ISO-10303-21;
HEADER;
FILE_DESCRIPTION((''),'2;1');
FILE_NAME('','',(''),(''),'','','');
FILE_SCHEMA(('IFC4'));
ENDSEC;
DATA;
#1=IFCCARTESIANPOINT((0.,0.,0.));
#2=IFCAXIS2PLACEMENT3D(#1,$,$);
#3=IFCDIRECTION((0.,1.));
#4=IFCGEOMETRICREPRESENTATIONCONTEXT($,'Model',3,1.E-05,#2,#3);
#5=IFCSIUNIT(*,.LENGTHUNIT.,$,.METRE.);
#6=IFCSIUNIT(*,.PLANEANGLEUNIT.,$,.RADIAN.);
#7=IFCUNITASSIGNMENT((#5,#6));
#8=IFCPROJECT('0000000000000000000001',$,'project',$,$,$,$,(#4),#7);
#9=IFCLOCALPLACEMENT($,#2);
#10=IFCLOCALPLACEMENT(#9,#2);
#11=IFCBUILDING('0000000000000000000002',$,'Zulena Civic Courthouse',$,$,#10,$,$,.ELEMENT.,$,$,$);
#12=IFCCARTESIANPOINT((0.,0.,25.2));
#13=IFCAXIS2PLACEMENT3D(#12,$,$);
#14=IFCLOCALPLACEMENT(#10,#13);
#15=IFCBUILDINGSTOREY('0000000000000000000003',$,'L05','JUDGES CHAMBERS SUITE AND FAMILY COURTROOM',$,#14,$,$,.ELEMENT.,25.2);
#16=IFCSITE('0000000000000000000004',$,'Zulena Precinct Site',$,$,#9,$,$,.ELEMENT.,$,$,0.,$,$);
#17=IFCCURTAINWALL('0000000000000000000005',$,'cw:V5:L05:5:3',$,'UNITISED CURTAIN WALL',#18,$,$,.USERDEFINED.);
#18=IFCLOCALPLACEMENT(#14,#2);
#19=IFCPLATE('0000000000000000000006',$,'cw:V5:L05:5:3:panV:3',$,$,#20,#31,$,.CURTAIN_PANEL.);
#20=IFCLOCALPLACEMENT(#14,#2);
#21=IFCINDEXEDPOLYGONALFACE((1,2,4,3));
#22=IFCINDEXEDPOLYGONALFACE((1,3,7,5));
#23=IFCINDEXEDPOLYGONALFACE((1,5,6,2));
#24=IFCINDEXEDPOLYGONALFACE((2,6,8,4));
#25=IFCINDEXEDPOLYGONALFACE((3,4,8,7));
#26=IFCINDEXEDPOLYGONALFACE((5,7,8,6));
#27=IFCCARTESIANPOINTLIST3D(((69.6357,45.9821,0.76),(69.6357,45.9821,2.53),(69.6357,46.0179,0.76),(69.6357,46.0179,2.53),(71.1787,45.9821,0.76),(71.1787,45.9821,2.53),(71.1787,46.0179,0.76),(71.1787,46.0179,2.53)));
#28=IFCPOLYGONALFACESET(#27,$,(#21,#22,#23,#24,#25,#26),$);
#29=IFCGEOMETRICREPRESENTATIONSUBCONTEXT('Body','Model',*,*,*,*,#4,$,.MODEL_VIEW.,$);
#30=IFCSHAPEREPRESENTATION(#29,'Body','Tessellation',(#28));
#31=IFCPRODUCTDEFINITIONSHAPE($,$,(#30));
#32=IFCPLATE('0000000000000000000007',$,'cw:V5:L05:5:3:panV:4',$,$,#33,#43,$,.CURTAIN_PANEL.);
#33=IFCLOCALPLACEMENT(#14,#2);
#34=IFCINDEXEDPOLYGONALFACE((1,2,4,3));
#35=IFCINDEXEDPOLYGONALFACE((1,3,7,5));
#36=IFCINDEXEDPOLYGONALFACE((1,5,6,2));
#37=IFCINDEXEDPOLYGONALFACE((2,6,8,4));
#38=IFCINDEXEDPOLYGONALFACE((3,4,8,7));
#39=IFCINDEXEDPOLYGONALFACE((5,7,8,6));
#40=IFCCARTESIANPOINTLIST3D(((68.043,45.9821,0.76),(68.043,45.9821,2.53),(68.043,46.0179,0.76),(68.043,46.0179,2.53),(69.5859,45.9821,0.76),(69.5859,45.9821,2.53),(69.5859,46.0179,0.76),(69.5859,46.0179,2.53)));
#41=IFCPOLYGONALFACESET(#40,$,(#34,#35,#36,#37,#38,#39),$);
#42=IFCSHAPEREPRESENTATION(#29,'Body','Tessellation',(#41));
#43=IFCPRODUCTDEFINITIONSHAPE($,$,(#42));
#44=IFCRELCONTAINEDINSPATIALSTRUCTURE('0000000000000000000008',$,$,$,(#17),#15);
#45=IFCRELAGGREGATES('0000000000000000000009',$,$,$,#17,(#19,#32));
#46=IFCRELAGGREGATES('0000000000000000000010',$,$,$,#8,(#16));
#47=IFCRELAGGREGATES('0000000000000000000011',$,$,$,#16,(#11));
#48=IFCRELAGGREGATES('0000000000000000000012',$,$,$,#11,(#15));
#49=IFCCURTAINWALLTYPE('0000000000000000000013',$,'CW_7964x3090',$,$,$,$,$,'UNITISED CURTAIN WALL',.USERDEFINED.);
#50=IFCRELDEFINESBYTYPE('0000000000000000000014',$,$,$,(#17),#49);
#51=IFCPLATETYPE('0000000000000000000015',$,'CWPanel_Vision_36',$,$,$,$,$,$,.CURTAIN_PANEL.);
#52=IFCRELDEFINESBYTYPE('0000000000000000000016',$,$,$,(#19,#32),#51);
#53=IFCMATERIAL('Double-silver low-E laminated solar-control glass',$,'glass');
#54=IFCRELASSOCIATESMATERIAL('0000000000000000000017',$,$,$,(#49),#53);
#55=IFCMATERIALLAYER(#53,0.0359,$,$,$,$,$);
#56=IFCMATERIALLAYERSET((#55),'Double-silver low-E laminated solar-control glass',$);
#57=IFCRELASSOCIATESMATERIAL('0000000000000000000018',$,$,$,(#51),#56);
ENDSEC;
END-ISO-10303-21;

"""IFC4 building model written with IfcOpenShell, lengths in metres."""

from ifc_helpers import new_model, si_unit, direction, frame, origin, origin_2d, place, context, subcontext, project, spatial, rectangle, extrude, material, layer, layer_set, type_object, element, aggregate, save


model = new_model("IFC4")

# Units and contexts
model_context = context("Model", 3, precision=1e-05, world=origin(), true_north=direction((0.0, 1.0)))
body_context = subcontext(model_context, "Body", "Model", "MODEL_VIEW")
ifc_project = project(units=[si_unit("LENGTHUNIT", "METRE"), si_unit("PLANEANGLEUNIT", "RADIAN")], contexts=[model_context])

# Site, building, storey
site_placement = place(None, origin())
site = spatial("IfcSite", under=ifc_project, at=site_placement, Name="Zulena Precinct Site", CompositionType="ELEMENT", RefElevation=0.0)
building_placement = place(site_placement, origin())
building = spatial("IfcBuilding", under=site, at=building_placement, Name="Zulena Civic Courthouse", CompositionType="ELEMENT")
storey_placement = place(building_placement, frame((0.0, 0.0, 25.2)))
storey = spatial("IfcBuildingStorey", under=building, at=storey_placement, Name="L05", Description="JUDGES CHAMBERS SUITE AND FAMILY COURTROOM", CompositionType="ELEMENT", Elevation=25.2)

# Curtain wall
ifc_material_1 = material(Name="Double-silver low-E laminated solar-control glass", Category="glass")
curtain_wall_type = type_object("IfcCurtainWallType", Name="CW_7964x3090", ElementType="UNITISED CURTAIN WALL", PredefinedType="USERDEFINED", material=ifc_material_1)
curtain_wall_placement = place(storey_placement, origin())
curtain_wall = element("IfcCurtainWall", 1, at=curtain_wall_placement, inside=storey, type_object=curtain_wall_type, Name="cw:V5:L05:5:3", ObjectType="UNITISED CURTAIN WALL", PredefinedType="USERDEFINED")

# Plates
ifc_layer_1 = layer(ifc_material_1, 0.0359)
ifc_layer_set_1 = layer_set([ifc_layer_1], Name="Double-silver low-E laminated solar-control glass")
plate_type_1 = type_object("IfcPlateType", Name="CWPanel_Vision_36", PredefinedType="CURTAIN_PANEL", material=ifc_layer_set_1)
plate_1_placement = place(storey_placement, frame((70.4072, 46.0, 0.76), z_axis=(0.0, 0.0, 1.0), x_axis=(-1.0, 0.0, 0.0)))
plate_1 = element("IfcPlate", 2, at=plate_1_placement, type_object=plate_type_1, Name="cw:V5:L05:5:3:panV:3", PredefinedType="CURTAIN_PANEL", context=body_context, shape_type="SweptSolid", body=[
    extrude(rectangle(XDim=1.543, YDim=0.0359, at=origin_2d()), origin(), (0.0, 0.0, 1.0), 1.77),
])
plate_2_placement = place(storey_placement, frame((68.8145, 46.0, 0.76), z_axis=(0.0, 0.0, 1.0), x_axis=(-1.0, 0.0, 0.0)))
plate_2 = element("IfcPlate", 3, at=plate_2_placement, type_object=plate_type_1, Name="cw:V5:L05:5:3:panV:4", PredefinedType="CURTAIN_PANEL", context=body_context, shape_type="SweptSolid", body=[
    extrude(rectangle(XDim=1.543, YDim=0.0359, at=origin_2d()), origin(), (0.0, 0.0, 1.0), 1.77),
])
aggregate(curtain_wall, [plate_1, plate_2])

save(model, "model.ifc")
